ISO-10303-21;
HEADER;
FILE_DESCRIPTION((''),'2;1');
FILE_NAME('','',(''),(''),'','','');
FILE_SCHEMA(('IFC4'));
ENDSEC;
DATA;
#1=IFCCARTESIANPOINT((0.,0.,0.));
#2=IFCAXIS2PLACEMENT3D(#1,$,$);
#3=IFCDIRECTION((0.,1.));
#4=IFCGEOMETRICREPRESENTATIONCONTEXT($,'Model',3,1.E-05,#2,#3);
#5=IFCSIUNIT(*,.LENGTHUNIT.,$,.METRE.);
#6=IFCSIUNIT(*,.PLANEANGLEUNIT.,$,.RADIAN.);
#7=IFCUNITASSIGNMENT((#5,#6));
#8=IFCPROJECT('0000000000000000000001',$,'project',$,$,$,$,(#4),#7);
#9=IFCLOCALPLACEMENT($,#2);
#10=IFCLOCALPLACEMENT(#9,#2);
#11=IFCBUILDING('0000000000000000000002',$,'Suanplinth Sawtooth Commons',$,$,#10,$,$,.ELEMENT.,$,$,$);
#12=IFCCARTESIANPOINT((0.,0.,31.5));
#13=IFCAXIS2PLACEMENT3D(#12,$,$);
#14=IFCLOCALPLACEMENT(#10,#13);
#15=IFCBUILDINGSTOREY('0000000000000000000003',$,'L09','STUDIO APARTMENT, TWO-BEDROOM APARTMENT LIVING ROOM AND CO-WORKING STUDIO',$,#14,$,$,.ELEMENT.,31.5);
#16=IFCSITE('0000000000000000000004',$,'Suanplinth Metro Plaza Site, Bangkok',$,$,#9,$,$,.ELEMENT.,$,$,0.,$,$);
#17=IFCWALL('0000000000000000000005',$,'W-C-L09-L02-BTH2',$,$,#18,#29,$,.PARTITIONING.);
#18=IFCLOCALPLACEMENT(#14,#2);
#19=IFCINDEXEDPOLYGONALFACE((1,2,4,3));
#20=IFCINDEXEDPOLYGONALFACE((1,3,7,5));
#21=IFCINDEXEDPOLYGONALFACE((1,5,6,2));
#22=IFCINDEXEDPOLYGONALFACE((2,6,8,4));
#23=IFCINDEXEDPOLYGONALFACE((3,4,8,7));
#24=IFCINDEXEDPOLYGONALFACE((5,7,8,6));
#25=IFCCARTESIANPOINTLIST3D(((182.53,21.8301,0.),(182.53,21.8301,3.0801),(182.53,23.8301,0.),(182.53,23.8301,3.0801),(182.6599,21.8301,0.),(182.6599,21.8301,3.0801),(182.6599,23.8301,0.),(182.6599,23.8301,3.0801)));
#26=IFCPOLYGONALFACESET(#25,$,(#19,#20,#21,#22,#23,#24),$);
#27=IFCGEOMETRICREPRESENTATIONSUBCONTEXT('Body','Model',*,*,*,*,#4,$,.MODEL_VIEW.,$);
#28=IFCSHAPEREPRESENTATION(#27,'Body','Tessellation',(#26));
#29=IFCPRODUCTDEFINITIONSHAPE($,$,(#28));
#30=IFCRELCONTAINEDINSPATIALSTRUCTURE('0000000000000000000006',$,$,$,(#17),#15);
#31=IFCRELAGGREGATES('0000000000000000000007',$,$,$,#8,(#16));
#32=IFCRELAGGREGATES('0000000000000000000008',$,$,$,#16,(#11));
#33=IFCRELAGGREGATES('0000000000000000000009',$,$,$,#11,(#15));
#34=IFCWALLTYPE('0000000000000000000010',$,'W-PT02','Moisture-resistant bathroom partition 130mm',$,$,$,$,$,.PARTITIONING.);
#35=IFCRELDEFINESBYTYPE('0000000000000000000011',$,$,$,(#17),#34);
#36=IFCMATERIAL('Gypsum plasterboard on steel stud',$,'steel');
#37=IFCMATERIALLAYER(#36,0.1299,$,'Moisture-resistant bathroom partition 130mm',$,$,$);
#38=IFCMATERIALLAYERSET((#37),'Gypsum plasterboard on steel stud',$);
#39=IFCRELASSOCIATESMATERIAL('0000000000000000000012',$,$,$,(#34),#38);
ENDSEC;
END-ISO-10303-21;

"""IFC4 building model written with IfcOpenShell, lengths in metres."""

from ifc_helpers import new_model, si_unit, direction, frame, frame_2d, origin, place, context, subcontext, project, spatial, rectangle, extrude, material, layer, layer_set, type_object, element, save


model = new_model("IFC4")

# Units and contexts
model_context = context("Model", 3, precision=1e-05, world=origin(), true_north=direction((0.0, 1.0)))
body_context = subcontext(model_context, "Body", "Model", "MODEL_VIEW")
ifc_project = project(units=[si_unit("LENGTHUNIT", "METRE"), si_unit("PLANEANGLEUNIT", "RADIAN")], contexts=[model_context])

# Site, building, storey
site_placement = place(None, origin())
site = spatial("IfcSite", under=ifc_project, at=site_placement, Name="Suanplinth Metro Plaza Site, Bangkok", CompositionType="ELEMENT", RefElevation=0.0)
building_placement = place(site_placement, origin())
building = spatial("IfcBuilding", under=site, at=building_placement, Name="Suanplinth Sawtooth Commons", CompositionType="ELEMENT")
storey_placement = place(building_placement, frame((0.0, 0.0, 31.5)))
storey = spatial("IfcBuildingStorey", under=building, at=storey_placement, Name="L09", Description="STUDIO APARTMENT, TWO-BEDROOM APARTMENT LIVING ROOM AND CO-WORKING STUDIO", CompositionType="ELEMENT", Elevation=31.5)

# Shared definitions
ifc_material_1 = material(Name="Gypsum plasterboard on steel stud", Category="steel")
ifc_layer_1 = layer(ifc_material_1, 0.1299, Name="Moisture-resistant bathroom partition 130mm")
ifc_layer_set_1 = layer_set([ifc_layer_1], Name="Gypsum plasterboard on steel stud")
wall_type_1 = type_object("IfcWallType", Name="W-PT02", Description="Moisture-resistant bathroom partition 130mm", PredefinedType="PARTITIONING", material=ifc_layer_set_1)

# Wall
wall_1_placement = place(storey_placement, frame((182.595, 21.8301, 0.0), z_axis=(0.0, 0.0, 1.0), x_axis=(0.0, 1.0, 0.0)))
element("IfcWall", 1, at=wall_1_placement, inside=storey, type_object=wall_type_1, Name="W-C-L09-L02-BTH2", PredefinedType="PARTITIONING", context=body_context, shape_type="SweptSolid", body=[
    extrude(rectangle(XDim=2.0, YDim=0.1299, at=frame_2d((1.0, 0.0))), origin(), (0.0, 0.0, 1.0), 3.0801),
])

save(model, "model.ifc")
